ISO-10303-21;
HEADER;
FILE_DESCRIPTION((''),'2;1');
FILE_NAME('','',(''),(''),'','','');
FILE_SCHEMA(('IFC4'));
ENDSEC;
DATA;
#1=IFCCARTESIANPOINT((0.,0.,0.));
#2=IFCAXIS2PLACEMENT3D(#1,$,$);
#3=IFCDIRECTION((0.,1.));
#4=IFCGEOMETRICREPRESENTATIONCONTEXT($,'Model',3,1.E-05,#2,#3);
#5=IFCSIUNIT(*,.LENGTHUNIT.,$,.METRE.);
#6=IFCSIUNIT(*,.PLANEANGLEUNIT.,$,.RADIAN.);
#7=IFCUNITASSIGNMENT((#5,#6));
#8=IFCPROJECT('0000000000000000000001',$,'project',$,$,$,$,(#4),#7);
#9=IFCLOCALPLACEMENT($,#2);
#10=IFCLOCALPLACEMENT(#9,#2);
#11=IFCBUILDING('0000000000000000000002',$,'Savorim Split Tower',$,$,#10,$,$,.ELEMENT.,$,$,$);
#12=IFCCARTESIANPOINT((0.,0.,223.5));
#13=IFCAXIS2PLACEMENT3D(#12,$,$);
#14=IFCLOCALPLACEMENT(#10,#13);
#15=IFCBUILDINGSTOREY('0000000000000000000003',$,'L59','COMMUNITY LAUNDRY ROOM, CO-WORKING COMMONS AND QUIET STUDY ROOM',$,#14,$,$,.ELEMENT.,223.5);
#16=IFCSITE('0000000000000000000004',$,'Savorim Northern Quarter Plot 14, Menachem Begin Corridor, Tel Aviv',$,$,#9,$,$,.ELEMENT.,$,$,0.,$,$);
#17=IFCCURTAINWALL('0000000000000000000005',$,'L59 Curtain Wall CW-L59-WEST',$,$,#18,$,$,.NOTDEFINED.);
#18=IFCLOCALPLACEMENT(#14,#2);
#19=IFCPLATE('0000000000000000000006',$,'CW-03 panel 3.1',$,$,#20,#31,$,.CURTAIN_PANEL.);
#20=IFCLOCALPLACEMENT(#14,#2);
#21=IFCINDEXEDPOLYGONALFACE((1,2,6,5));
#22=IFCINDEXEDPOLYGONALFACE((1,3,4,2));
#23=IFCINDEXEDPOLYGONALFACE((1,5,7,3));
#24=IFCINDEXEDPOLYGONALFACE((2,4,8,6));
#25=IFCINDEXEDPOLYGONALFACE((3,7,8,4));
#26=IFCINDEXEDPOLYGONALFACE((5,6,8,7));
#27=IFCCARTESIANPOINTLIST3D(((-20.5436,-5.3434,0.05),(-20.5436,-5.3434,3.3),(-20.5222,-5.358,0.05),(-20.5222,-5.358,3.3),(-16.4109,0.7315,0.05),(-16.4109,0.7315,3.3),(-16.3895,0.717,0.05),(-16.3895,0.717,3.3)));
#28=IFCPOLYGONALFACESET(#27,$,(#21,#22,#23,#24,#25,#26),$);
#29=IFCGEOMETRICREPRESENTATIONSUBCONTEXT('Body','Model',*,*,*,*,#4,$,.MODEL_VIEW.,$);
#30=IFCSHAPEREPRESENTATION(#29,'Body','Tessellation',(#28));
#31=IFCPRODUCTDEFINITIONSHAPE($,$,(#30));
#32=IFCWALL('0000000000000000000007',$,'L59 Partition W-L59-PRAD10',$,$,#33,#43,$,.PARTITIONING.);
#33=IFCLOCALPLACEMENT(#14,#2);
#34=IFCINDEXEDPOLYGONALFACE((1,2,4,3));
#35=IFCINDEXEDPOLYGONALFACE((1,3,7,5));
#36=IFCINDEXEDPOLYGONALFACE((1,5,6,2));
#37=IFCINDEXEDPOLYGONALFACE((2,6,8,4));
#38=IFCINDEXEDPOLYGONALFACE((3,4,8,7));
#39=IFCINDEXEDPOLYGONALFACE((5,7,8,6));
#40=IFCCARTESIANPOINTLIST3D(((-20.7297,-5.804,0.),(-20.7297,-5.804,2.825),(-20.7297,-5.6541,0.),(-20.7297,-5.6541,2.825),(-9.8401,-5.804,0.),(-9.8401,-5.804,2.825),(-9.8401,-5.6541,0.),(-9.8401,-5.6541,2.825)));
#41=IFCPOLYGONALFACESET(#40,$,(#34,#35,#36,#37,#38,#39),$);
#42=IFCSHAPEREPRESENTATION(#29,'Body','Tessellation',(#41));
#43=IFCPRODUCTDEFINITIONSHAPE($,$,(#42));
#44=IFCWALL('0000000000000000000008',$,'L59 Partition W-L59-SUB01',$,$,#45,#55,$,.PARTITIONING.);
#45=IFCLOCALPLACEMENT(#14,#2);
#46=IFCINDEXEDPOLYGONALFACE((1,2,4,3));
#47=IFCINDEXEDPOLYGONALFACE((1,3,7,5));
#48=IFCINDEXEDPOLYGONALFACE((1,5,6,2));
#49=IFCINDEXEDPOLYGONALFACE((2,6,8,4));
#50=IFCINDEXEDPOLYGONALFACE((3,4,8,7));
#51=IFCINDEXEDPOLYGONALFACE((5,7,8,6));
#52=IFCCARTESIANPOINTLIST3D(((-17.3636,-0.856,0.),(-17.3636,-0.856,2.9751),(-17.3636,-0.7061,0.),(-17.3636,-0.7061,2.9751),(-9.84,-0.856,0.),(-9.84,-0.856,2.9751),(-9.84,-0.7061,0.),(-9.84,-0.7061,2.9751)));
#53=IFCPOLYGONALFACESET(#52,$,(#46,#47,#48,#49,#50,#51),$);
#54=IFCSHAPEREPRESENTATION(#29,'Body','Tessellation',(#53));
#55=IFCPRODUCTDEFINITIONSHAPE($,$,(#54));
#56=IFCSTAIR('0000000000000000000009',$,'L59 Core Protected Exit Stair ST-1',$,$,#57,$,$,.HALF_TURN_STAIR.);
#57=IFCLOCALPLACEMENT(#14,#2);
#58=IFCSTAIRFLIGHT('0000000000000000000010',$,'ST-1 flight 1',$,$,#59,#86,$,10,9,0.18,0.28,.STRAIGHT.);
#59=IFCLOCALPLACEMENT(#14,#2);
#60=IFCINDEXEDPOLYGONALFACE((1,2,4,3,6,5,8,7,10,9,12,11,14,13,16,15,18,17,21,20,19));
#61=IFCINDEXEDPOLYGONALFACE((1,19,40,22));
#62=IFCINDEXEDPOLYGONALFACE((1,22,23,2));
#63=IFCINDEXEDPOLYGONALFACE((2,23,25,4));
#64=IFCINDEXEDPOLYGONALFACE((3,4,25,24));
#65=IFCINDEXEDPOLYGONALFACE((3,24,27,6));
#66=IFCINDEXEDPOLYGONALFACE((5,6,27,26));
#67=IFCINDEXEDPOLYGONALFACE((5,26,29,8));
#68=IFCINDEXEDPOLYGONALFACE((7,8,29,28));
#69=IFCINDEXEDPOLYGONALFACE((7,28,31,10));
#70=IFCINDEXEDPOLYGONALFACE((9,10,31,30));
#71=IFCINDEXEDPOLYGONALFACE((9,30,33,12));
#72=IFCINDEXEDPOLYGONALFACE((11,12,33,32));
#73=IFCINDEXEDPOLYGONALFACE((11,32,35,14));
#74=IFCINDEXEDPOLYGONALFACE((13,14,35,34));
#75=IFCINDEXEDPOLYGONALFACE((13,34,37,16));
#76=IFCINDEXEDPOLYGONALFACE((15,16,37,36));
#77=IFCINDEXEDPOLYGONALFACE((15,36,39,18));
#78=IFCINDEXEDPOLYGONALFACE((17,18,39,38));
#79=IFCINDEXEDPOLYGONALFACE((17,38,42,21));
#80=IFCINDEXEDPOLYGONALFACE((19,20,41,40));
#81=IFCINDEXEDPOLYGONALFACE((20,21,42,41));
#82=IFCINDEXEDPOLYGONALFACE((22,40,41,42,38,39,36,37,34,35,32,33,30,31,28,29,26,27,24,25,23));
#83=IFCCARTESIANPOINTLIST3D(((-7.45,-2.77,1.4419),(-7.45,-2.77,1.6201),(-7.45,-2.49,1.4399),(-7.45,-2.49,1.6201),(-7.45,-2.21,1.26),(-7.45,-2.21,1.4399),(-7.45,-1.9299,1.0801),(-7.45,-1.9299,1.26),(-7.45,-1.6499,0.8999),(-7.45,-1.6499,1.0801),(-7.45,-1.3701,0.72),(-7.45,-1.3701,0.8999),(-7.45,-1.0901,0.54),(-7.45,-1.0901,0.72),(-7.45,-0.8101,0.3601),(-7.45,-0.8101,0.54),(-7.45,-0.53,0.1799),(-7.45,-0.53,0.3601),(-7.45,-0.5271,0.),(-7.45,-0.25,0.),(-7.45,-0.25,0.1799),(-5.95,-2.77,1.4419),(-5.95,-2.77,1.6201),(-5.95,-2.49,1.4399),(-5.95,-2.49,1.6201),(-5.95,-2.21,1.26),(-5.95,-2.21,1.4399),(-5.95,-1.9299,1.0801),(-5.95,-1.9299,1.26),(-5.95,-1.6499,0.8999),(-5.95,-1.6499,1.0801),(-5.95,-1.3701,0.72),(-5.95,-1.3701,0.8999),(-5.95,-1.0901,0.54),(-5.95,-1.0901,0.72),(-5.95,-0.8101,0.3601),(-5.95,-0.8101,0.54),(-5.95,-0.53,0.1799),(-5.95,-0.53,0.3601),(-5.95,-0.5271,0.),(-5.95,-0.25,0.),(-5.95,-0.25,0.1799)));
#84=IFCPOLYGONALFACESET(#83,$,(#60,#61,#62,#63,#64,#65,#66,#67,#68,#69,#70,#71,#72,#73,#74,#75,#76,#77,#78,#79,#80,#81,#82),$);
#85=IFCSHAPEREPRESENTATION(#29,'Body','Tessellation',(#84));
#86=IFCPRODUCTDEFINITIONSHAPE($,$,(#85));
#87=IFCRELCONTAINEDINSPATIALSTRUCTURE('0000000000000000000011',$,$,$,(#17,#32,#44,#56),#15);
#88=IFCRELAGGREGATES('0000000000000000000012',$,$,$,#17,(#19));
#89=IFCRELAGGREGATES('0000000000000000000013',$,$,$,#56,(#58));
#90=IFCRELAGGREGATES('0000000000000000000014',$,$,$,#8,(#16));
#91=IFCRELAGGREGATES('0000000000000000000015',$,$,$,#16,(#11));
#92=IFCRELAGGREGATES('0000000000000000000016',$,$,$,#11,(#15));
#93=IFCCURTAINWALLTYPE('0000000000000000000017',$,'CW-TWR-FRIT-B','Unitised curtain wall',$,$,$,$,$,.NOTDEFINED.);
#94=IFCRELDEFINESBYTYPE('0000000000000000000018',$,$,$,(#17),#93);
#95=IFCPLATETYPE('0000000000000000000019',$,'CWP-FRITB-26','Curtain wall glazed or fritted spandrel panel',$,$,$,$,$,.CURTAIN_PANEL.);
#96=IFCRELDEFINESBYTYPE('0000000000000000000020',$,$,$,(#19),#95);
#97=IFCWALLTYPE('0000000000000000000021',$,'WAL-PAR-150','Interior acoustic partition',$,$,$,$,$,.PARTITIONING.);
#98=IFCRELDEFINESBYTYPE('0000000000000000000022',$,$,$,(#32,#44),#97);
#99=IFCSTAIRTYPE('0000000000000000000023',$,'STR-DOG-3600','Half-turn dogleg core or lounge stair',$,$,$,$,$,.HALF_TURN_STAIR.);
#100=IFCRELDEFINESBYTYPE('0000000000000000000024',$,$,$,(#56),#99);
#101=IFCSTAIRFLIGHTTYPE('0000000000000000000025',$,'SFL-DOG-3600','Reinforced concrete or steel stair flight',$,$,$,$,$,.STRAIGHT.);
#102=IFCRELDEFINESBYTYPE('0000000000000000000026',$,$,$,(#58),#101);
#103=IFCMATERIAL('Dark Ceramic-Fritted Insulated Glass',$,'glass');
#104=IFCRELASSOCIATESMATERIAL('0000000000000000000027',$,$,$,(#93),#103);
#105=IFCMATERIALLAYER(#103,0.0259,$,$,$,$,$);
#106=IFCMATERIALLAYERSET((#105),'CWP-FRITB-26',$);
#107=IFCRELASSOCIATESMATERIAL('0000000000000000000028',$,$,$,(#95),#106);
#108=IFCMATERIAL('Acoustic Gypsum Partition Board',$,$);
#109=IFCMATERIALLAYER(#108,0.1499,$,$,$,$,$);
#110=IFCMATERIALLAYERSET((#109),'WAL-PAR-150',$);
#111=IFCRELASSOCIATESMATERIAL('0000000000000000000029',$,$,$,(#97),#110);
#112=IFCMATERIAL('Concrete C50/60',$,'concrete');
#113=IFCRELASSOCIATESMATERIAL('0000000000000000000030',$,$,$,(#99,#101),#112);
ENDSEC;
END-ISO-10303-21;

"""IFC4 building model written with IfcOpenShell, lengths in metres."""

from ifc_helpers import new_model, si_unit, direction, frame, frame_2d, origin, origin_2d, place, context, subcontext, project, spatial, polyline, rectangle, outline, extrude, material, layer, layer_set, type_object, element, aggregate, save


model = new_model("IFC4")

# Units and contexts
model_context = context("Model", 3, precision=1e-05, world=origin(), true_north=direction((0.0, 1.0)))
body_context = subcontext(model_context, "Body", "Model", "MODEL_VIEW")
ifc_project = project(units=[si_unit("LENGTHUNIT", "METRE"), si_unit("PLANEANGLEUNIT", "RADIAN")], contexts=[model_context])

# Site, building, storey
site_placement = place(None, origin())
site = spatial("IfcSite", under=ifc_project, at=site_placement, Name="Savorim Northern Quarter Plot 14, Menachem Begin Corridor, Tel Aviv", CompositionType="ELEMENT", RefElevation=0.0)
building_placement = place(site_placement, origin())
building = spatial("IfcBuilding", under=site, at=building_placement, Name="Savorim Split Tower", CompositionType="ELEMENT")
storey_placement = place(building_placement, frame((0.0, 0.0, 223.5)))
storey = spatial("IfcBuildingStorey", under=building, at=storey_placement, Name="L59", Description="COMMUNITY LAUNDRY ROOM, CO-WORKING COMMONS AND QUIET STUDY ROOM", CompositionType="ELEMENT", Elevation=223.5)

# Curtain wall, plate
ifc_material_1 = material(Name="Dark Ceramic-Fritted Insulated Glass", Category="glass")
curtain_wall_type = type_object("IfcCurtainWallType", Name="CW-TWR-FRIT-B", Description="Unitised curtain wall", PredefinedType="NOTDEFINED", material=ifc_material_1)
curtain_wall_placement = place(storey_placement, origin())
curtain_wall = element("IfcCurtainWall", 1, at=curtain_wall_placement, inside=storey, type_object=curtain_wall_type, Name="L59 Curtain Wall CW-L59-WEST", PredefinedType="NOTDEFINED")
ifc_layer_1 = layer(ifc_material_1, 0.0259)
ifc_layer_set_1 = layer_set([ifc_layer_1], Name="CWP-FRITB-26")
plate_type = type_object("IfcPlateType", Name="CWP-FRITB-26", Description="Curtain wall glazed or fritted spandrel panel", PredefinedType="CURTAIN_PANEL", material=ifc_layer_set_1)
plate_placement = place(storey_placement, frame((-18.4666, -2.3132, 0.05), z_axis=(0.0, 0.0, 1.0), x_axis=(-0.562467, -0.82682, 0.0)))
plate = element("IfcPlate", 2, at=plate_placement, type_object=plate_type, Name="CW-03 panel 3.1", PredefinedType="CURTAIN_PANEL", context=body_context, shape_type="SweptSolid", body=[
    extrude(rectangle(XDim=7.3474, YDim=0.0259, at=origin_2d()), origin(), (0.0, 0.0, 1.0), 3.25),
])
aggregate(curtain_wall, [plate])

# Shared definitions
ifc_material_2 = material(Name="Concrete C50/60", Category="concrete")

# Walls
ifc_material_3 = material(Name="Acoustic Gypsum Partition Board")
ifc_layer_2 = layer(ifc_material_3, 0.1499)
ifc_layer_set_2 = layer_set([ifc_layer_2], Name="WAL-PAR-150")
wall_type_1 = type_object("IfcWallType", Name="WAL-PAR-150", Description="Interior acoustic partition", PredefinedType="PARTITIONING", material=ifc_layer_set_2)
wall_1_placement = place(storey_placement, frame((-9.8401, -5.729, 0.0), z_axis=(0.0, 0.0, 1.0), x_axis=(-1.0, 0.0, 0.0)))
element("IfcWall", 3, at=wall_1_placement, inside=storey, type_object=wall_type_1, Name="L59 Partition W-L59-PRAD10", PredefinedType="PARTITIONING", context=body_context, shape_type="SweptSolid", body=[
    extrude(rectangle(XDim=10.8896, YDim=0.1499, at=frame_2d((5.4448, 0.0))), origin(), (0.0, 0.0, 1.0), 2.825),
])
wall_2_placement = place(storey_placement, frame((-9.8401, -0.781, 0.0), z_axis=(0.0, 0.0, 1.0), x_axis=(-1.0, 0.0, 0.0)))
element("IfcWall", 4, at=wall_2_placement, inside=storey, type_object=wall_type_1, Name="L59 Partition W-L59-SUB01", PredefinedType="PARTITIONING", context=body_context, shape_type="SweptSolid", body=[
    extrude(rectangle(XDim=7.5237, YDim=0.1499, at=frame_2d((3.7617, 0.0))), origin(), (0.0, 0.0, 1.0), 2.9751),
])

# Stair, stair flight
stair_type = type_object("IfcStairType", Name="STR-DOG-3600", Description="Half-turn dogleg core or lounge stair", PredefinedType="HALF_TURN_STAIR", material=ifc_material_2)
stair_placement = place(storey_placement, origin())
stair = element("IfcStair", 5, at=stair_placement, inside=storey, type_object=stair_type, Name="L59 Core Protected Exit Stair ST-1", PredefinedType="HALF_TURN_STAIR")
stair_flight_type = type_object("IfcStairFlightType", Name="SFL-DOG-3600", Description="Reinforced concrete or steel stair flight", PredefinedType="STRAIGHT", material=ifc_material_2)
stair_flight_placement = place(storey_placement, frame((-6.7, -0.25, 0.0), z_axis=(0.0, 0.0, 1.0), x_axis=(0.0, -1.0, 0.0)))
stair_flight = element("IfcStairFlight", 6, at=stair_flight_placement, type_object=stair_flight_type, Name="ST-1 flight 1", NumberOfRisers=10, NumberOfTreads=9, PredefinedType="STRAIGHT", RiserHeight=0.18, TreadLength=0.28, context=body_context, shape_type="SweptSolid", body=[
    extrude(outline(polyline([(0.0, 0.0), (0.0, 0.1799), (0.28, 0.1799), (0.28, 0.3601), (0.5601, 0.3601), (0.5601, 0.54), (0.8401, 0.54), (0.8401, 0.72), (1.1201, 0.72), (1.1201, 0.8999), (1.3999, 0.8999), (1.3999, 1.0801), (1.6799, 1.0801), (1.6799, 1.26), (1.96, 1.26), (1.96, 1.4399), (2.24, 1.4399), (2.24, 1.6201), (2.52, 1.6201), (2.52, 1.8), (2.52, 1.4419), (0.2771, 0.0), (0.0, 0.0)])), frame((0.0, 0.75, 0.0), z_axis=(0.0, -1.0, 0.0), x_axis=(1.0, 0.0, 0.0)), (0.0, 0.0, 1.0), 1.5),
])
aggregate(stair, [stair_flight])

save(model, "model.ifc")
